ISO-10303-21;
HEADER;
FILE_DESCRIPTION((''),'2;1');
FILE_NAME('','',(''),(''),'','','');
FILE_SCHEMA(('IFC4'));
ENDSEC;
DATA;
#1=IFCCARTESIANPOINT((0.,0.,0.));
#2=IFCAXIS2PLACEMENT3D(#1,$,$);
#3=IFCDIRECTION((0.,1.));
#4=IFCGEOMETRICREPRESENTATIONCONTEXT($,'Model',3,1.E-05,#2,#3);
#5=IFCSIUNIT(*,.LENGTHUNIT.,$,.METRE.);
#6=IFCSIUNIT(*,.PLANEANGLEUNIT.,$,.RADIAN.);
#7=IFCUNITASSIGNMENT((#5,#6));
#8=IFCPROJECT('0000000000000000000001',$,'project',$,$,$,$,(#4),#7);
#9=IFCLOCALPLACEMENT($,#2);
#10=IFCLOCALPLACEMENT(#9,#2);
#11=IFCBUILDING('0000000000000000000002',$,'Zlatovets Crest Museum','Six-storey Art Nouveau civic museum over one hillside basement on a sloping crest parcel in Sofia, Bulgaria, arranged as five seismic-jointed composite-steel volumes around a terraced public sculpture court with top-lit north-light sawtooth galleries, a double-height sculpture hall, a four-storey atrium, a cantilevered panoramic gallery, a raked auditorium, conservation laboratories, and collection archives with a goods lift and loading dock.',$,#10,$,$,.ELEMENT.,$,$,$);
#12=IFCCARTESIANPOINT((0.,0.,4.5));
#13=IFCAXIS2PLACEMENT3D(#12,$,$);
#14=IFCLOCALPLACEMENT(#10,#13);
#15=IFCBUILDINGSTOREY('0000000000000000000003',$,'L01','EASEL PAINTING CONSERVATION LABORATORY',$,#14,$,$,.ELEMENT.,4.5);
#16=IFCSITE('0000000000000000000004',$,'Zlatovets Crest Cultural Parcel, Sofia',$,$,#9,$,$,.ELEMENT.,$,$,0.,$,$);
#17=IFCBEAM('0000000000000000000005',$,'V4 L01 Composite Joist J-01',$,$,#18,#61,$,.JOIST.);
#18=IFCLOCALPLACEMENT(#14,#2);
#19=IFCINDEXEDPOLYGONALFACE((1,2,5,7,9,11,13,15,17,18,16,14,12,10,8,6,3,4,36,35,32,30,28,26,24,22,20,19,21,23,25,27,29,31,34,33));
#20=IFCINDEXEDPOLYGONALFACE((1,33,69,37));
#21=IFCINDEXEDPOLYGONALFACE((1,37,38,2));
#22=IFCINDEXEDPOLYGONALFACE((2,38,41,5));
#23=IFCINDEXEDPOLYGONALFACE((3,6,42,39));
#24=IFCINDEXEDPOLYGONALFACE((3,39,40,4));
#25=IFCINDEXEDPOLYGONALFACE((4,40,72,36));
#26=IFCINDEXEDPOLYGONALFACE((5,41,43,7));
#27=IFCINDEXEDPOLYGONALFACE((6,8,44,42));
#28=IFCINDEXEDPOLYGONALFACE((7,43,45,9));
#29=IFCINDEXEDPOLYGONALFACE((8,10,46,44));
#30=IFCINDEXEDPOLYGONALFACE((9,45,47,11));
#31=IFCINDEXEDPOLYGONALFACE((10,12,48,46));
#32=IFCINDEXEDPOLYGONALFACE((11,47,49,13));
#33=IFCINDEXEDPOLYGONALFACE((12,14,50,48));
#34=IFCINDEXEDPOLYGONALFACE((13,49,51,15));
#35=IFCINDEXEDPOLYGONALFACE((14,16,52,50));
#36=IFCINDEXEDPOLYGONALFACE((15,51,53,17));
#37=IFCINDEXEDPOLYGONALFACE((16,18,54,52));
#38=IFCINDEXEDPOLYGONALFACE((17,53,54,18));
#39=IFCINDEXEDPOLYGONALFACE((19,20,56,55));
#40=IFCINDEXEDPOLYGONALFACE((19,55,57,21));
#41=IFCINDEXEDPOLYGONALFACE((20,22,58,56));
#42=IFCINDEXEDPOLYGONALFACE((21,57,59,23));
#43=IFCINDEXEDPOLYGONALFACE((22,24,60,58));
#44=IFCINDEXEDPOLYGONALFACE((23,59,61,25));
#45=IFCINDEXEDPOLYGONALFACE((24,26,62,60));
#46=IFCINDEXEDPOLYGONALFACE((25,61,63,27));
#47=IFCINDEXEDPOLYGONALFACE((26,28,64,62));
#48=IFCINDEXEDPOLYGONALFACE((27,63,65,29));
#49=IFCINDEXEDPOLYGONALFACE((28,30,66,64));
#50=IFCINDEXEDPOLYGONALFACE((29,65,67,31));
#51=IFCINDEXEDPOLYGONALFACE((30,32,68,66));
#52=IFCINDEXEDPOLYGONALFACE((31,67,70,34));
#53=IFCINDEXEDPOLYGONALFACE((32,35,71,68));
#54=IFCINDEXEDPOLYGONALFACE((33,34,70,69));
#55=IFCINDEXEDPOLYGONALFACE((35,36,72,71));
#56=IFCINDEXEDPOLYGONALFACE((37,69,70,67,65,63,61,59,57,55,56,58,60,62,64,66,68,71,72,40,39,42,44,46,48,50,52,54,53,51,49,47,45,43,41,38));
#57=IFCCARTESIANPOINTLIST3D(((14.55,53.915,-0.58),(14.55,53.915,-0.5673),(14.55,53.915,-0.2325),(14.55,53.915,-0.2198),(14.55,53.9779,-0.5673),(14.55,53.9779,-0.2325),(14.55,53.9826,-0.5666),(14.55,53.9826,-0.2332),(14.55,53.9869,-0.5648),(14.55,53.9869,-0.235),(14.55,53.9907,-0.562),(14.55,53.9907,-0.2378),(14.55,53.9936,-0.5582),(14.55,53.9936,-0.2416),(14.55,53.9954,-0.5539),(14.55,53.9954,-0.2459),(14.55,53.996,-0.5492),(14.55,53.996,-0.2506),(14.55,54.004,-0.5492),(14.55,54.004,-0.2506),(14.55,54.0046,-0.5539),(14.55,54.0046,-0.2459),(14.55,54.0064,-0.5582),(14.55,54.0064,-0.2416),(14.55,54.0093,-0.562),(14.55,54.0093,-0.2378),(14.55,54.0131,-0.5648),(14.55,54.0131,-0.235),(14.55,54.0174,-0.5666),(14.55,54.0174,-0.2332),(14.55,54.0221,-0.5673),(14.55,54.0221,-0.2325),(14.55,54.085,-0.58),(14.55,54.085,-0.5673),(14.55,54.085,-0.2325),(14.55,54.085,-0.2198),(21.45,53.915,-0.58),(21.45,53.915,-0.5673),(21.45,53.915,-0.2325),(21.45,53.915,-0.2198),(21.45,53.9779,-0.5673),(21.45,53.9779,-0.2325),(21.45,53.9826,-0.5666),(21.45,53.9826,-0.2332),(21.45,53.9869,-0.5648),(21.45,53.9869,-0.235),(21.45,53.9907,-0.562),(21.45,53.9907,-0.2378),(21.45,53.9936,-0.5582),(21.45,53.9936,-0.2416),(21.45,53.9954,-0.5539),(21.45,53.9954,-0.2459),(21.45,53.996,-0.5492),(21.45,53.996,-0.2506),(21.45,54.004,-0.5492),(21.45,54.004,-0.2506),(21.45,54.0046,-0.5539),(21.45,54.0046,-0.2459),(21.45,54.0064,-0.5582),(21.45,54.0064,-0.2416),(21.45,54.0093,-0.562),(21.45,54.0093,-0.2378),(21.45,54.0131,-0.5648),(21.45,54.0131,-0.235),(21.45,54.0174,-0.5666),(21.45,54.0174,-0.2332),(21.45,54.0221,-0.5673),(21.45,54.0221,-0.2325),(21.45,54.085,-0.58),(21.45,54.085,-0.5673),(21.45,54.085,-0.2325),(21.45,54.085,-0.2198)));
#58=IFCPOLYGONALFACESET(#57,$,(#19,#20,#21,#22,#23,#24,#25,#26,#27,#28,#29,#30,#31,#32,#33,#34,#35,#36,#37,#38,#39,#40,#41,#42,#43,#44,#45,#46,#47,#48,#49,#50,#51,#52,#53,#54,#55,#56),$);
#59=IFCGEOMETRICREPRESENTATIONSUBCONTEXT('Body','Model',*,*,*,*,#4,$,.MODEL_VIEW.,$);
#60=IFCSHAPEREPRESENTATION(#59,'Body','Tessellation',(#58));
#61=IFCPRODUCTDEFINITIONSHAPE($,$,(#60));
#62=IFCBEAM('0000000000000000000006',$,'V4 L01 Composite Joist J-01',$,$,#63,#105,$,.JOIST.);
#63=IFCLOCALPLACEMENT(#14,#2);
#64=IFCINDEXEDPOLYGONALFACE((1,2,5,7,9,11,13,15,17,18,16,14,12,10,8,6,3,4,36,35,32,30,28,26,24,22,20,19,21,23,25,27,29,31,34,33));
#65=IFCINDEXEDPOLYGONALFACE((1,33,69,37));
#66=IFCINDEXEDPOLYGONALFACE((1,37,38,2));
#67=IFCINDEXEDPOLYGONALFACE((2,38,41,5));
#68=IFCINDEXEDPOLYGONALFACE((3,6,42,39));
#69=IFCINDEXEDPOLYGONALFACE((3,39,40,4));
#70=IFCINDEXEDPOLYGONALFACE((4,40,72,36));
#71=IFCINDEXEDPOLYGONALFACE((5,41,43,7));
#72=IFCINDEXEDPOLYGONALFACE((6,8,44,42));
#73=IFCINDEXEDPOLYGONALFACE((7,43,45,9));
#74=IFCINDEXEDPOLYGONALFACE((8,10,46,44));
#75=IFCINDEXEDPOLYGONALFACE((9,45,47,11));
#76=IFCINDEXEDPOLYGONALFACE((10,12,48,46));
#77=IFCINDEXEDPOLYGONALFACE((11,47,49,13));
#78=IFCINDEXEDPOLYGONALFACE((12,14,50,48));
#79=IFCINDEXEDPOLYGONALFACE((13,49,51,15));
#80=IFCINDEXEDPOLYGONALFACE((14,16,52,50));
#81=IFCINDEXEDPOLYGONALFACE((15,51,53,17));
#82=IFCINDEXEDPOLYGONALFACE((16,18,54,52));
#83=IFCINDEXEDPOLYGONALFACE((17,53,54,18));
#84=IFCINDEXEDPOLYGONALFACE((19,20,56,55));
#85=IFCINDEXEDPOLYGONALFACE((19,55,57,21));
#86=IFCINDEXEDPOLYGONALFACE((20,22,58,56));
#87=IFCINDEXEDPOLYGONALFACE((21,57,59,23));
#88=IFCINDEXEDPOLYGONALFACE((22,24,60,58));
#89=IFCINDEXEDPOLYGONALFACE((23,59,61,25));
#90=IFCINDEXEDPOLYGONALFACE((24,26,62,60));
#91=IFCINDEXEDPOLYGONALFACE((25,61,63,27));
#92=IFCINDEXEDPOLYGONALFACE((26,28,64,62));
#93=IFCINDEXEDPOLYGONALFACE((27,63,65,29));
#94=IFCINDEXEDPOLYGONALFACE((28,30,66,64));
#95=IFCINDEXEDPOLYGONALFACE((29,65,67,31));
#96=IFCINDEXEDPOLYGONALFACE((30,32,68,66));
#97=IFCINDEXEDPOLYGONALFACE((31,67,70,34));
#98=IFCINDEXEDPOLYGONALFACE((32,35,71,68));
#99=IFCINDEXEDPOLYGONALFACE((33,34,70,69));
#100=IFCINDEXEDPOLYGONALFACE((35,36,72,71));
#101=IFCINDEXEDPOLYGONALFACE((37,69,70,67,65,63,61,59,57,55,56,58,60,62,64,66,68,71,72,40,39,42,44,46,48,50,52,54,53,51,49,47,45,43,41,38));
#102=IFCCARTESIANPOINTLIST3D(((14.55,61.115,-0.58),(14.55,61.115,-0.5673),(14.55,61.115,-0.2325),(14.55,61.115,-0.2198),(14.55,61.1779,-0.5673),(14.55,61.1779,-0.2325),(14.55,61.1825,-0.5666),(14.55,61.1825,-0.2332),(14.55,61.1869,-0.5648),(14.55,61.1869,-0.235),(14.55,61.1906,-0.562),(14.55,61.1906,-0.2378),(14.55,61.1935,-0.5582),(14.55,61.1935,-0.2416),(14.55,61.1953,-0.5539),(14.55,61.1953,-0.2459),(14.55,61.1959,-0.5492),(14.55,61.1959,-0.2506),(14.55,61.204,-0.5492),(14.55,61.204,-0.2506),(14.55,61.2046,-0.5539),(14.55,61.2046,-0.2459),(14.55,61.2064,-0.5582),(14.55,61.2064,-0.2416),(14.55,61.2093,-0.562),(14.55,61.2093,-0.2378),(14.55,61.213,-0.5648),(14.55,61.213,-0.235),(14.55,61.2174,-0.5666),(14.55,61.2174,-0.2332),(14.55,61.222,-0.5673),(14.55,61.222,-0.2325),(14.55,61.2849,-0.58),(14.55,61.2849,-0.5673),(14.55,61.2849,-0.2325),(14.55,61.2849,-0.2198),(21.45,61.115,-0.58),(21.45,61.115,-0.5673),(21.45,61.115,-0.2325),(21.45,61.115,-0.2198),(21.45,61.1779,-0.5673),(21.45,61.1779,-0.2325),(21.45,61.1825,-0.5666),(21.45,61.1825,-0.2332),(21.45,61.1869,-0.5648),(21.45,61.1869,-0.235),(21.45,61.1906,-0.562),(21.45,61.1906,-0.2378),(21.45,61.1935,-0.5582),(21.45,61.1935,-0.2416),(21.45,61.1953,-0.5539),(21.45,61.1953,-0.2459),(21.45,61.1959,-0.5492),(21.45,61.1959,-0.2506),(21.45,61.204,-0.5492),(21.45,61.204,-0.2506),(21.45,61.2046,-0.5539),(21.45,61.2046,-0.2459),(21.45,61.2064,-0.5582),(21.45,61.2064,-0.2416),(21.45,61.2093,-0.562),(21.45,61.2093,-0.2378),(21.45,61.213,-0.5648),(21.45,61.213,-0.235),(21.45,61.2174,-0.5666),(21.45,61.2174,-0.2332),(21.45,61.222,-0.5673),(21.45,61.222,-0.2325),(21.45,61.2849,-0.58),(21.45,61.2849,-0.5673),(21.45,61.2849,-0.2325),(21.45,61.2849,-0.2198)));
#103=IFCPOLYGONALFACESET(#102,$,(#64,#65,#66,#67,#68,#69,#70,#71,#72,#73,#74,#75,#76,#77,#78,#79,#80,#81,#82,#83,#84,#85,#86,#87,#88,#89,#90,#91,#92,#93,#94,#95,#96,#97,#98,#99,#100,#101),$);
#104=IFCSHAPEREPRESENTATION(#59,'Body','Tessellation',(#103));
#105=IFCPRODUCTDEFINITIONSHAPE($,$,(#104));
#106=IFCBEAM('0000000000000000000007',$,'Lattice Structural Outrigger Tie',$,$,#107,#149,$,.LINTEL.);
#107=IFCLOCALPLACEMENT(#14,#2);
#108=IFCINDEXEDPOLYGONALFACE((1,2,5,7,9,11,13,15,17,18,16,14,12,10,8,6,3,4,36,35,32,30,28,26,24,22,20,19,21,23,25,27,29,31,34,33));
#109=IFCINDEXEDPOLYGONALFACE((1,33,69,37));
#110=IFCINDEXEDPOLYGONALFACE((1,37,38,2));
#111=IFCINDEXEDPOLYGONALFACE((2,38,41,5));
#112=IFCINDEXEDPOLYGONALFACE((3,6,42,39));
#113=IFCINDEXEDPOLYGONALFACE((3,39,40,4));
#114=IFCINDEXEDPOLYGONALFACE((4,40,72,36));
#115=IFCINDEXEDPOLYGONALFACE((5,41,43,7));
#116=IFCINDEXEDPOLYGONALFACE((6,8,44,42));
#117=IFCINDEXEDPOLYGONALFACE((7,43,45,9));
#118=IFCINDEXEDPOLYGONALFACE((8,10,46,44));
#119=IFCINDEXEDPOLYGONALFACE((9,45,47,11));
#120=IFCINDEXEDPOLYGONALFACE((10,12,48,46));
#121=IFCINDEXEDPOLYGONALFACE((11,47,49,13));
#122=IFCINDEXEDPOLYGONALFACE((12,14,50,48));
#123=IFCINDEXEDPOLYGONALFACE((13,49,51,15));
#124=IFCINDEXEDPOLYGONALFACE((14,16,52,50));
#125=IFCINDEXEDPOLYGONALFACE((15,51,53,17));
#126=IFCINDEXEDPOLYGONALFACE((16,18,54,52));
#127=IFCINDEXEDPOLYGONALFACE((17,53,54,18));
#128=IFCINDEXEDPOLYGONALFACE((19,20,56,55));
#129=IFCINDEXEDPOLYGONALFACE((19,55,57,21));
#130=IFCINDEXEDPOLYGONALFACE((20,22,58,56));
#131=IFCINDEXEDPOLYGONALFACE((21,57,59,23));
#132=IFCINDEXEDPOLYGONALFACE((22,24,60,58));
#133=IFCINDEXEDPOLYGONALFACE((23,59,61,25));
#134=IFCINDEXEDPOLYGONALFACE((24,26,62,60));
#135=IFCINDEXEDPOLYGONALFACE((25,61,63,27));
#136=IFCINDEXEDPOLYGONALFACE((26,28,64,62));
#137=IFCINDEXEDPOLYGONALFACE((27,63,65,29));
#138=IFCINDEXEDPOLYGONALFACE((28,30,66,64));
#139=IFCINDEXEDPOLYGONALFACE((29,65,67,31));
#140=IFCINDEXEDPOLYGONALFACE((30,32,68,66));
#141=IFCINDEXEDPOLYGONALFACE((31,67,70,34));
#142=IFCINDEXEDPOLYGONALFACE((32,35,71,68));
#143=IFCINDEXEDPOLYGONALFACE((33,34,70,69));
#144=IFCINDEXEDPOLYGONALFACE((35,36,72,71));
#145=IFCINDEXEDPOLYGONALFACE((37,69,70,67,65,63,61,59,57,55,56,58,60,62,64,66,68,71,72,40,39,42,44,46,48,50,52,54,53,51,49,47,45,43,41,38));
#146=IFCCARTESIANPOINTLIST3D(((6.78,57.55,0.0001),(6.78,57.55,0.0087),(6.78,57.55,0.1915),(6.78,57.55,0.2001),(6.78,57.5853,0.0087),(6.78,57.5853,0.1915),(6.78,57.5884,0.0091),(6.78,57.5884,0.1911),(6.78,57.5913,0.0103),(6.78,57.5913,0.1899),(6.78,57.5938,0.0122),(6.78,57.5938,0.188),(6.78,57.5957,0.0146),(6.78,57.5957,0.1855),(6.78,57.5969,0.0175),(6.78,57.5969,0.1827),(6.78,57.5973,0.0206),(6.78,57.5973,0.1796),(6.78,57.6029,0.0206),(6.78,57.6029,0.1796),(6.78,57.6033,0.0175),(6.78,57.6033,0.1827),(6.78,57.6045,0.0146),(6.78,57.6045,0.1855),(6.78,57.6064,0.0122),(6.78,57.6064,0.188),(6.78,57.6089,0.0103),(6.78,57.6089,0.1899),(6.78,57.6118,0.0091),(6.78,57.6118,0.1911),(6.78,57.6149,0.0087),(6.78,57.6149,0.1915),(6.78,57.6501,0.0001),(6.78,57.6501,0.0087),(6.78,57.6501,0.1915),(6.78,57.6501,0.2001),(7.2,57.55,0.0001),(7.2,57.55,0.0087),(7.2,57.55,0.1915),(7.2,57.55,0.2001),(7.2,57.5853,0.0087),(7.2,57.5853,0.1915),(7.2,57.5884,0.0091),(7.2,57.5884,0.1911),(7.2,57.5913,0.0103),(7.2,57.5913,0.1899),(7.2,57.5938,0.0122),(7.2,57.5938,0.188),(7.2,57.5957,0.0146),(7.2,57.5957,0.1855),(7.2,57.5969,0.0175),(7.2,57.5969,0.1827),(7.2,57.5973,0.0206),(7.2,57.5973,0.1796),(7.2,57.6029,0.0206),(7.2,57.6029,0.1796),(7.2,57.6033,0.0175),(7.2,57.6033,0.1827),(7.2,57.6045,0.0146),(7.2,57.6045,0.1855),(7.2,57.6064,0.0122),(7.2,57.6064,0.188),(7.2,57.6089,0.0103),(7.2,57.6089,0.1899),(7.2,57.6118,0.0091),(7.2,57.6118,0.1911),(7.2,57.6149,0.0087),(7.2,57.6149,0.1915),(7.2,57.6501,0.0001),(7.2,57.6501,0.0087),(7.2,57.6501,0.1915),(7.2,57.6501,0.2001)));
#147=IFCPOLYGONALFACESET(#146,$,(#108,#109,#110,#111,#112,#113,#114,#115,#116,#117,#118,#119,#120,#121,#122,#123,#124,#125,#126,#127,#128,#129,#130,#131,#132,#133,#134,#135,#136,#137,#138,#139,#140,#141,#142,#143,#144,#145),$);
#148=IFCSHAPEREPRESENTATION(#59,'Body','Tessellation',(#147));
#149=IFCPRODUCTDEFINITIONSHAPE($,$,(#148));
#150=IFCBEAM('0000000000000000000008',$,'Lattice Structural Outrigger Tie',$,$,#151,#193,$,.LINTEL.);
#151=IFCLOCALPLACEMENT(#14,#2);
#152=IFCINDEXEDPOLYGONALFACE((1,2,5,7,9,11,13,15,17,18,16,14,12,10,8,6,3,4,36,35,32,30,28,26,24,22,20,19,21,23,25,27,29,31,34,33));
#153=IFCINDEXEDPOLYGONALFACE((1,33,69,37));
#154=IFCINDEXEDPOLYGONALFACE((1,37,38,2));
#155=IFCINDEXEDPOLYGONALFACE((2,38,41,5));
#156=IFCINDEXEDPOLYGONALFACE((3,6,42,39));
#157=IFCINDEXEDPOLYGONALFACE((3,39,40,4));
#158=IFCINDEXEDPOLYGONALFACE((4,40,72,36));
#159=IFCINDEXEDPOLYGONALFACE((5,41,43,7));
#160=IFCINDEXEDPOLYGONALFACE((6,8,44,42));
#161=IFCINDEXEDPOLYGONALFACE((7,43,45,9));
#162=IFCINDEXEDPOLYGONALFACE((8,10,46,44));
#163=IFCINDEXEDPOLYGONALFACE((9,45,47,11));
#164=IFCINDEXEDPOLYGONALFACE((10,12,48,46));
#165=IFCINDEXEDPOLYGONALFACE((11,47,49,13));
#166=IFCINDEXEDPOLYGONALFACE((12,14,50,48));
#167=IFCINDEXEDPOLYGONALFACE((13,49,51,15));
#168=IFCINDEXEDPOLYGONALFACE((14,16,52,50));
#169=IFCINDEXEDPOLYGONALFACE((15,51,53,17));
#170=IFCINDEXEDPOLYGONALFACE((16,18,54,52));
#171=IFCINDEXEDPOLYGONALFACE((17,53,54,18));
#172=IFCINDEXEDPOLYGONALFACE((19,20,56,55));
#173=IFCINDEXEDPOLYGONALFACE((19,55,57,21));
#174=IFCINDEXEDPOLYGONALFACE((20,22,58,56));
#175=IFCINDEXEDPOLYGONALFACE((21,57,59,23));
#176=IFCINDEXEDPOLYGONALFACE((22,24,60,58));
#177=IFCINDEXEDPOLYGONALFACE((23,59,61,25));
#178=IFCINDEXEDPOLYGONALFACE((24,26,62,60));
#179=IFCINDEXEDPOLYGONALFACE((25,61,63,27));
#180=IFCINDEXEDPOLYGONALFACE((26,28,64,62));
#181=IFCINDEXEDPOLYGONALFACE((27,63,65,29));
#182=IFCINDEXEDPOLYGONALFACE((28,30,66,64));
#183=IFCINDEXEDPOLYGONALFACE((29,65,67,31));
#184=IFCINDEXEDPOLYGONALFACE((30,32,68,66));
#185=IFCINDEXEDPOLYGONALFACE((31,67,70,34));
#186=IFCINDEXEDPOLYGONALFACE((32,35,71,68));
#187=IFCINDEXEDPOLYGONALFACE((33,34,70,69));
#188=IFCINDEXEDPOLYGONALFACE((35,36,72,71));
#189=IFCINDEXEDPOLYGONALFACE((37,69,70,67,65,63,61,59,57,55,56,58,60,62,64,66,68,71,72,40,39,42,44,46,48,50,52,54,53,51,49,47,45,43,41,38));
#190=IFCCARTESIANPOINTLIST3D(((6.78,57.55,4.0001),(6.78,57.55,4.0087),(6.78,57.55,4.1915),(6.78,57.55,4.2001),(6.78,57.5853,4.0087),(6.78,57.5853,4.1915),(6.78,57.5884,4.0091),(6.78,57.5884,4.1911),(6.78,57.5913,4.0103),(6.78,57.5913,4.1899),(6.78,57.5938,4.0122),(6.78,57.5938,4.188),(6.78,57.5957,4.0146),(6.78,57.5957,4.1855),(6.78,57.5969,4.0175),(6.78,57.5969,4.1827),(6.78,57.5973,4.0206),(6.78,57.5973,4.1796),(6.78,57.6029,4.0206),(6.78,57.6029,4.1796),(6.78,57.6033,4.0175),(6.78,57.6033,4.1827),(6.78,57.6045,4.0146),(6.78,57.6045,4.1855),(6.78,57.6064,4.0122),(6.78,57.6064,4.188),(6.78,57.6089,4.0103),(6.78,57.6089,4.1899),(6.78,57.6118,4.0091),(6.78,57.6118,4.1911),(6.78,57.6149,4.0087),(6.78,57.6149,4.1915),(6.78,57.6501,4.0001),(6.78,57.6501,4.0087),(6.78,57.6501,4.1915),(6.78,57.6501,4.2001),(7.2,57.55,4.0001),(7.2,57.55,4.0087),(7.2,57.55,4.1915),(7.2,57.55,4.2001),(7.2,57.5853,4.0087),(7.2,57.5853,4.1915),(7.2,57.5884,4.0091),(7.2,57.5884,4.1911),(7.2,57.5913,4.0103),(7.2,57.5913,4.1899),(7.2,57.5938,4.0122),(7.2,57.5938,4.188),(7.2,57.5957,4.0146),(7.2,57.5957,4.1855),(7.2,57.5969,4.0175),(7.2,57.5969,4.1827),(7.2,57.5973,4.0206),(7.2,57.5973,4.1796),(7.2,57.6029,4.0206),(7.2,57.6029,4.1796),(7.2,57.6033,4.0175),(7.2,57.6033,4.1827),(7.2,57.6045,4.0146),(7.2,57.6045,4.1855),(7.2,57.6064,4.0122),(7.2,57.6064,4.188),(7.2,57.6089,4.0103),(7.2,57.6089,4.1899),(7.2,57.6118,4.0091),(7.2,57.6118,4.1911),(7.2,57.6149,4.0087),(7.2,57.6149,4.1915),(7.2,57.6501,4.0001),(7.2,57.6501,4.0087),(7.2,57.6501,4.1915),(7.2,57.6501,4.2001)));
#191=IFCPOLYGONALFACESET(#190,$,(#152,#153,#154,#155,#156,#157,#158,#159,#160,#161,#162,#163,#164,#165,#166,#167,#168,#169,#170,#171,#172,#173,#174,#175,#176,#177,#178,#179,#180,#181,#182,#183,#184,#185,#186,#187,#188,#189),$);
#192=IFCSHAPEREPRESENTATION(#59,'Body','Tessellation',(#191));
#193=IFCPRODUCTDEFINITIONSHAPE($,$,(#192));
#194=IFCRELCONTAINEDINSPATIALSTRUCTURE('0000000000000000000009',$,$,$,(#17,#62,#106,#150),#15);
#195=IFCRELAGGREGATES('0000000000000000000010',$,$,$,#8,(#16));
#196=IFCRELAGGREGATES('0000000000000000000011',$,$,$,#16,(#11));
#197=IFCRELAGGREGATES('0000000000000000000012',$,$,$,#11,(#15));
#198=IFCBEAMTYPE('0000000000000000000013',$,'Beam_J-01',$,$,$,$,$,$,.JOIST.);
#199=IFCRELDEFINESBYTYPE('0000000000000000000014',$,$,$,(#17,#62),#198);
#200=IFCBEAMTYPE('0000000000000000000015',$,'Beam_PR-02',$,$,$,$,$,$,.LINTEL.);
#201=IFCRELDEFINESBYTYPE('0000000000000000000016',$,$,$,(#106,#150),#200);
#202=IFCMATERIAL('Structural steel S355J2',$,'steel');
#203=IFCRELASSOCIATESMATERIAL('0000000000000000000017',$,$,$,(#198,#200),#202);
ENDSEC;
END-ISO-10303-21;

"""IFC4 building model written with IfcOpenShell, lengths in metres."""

from ifc_helpers import new_model, si_unit, direction, frame, origin, origin_2d, place, context, subcontext, project, spatial, i_section, extrude, material, material_profile, profile_set, type_object, element, save


model = new_model("IFC4")

# Units and contexts
model_context = context("Model", 3, precision=1e-05, world=origin(), true_north=direction((0.0, 1.0)))
body_context = subcontext(model_context, "Body", "Model", "MODEL_VIEW")
ifc_project = project(units=[si_unit("LENGTHUNIT", "METRE"), si_unit("PLANEANGLEUNIT", "RADIAN")], contexts=[model_context])

# Site, building, storey
site_placement = place(None, origin())
site = spatial("IfcSite", under=ifc_project, at=site_placement, Name="Zlatovets Crest Cultural Parcel, Sofia", CompositionType="ELEMENT", RefElevation=0.0)
building_placement = place(site_placement, origin())
building = spatial("IfcBuilding", under=site, at=building_placement, Name="Zlatovets Crest Museum", Description="Six-storey Art Nouveau civic museum over one hillside basement on a sloping crest parcel in Sofia, Bulgaria, arranged as five seismic-jointed composite-steel volumes around a terraced public sculpture court with top-lit north-light sawtooth galleries, a double-height sculpture hall, a four-storey atrium, a cantilevered panoramic gallery, a raked auditorium, conservation laboratories, and collection archives with a goods lift and loading dock.", CompositionType="ELEMENT")
storey_placement = place(building_placement, frame((0.0, 0.0, 4.5)))
storey = spatial("IfcBuildingStorey", under=building, at=storey_placement, Name="L01", Description="EASEL PAINTING CONSERVATION LABORATORY", CompositionType="ELEMENT", Elevation=4.5)

# Shared definitions
ifc_material_1 = material(Name="Structural steel S355J2", Category="steel")

# Beams
ifc_material_profile_1 = material_profile(ifc_material_1, i_section(OverallWidth=0.1699, OverallDepth=0.3601, WebThickness=0.0081, FlangeThickness=0.0127, FilletRadius=0.0181, at=origin_2d()), Name="IPE 360")
ifc_profile_set_1 = profile_set([ifc_material_profile_1], Name="Structural steel S355J2")
beam_type_1 = type_object("IfcBeamType", Name="Beam_J-01", PredefinedType="JOIST", material=ifc_profile_set_1)
for number, where, z_axis, x_axis, name in (
    (1, (14.55, 54.0, -0.3999), (1.0, 0.0, 0.0), (0.0, 1.0, 0.0), "V4 L01 Composite Joist J-01"),
    (2, (14.55, 61.2, -0.3999), (1.0, 0.0, 0.0), (0.0, 1.0, 0.0), "V4 L01 Composite Joist J-01"),
):
    element("IfcBeam", number, at=place(storey_placement, frame(where, z_axis=z_axis, x_axis=x_axis)), inside=storey, type_object=beam_type_1, Name=name, PredefinedType="JOIST", context=body_context, shape_type="SweptSolid", body=[
        extrude(i_section(OverallWidth=0.1699, OverallDepth=0.3601, WebThickness=0.0081, FlangeThickness=0.0127, FilletRadius=0.0181, at=origin_2d()), origin(), (0.0, 0.0, 1.0), 6.8999),
    ])
ifc_material_profile_2 = material_profile(ifc_material_1, i_section(OverallWidth=0.1001, OverallDepth=0.2, WebThickness=0.0056, FlangeThickness=0.0085, FilletRadius=0.012, at=origin_2d()), Name="IPE 200")
ifc_profile_set_2 = profile_set([ifc_material_profile_2], Name="Structural steel S355J2")
beam_type_2 = type_object("IfcBeamType", Name="Beam_PR-02", PredefinedType="LINTEL", material=ifc_profile_set_2)
for number, where, z_axis, x_axis, name in (
    (3, (7.2, 57.6001, 0.1001), (-1.0, 0.0, 0.0), (0.0, -1.0, 0.0), "Lattice Structural Outrigger Tie"),
    (4, (7.2, 57.6001, 4.1001), (-1.0, 0.0, 0.0), (0.0, -1.0, 0.0), "Lattice Structural Outrigger Tie"),
):
    element("IfcBeam", number, at=place(storey_placement, frame(where, z_axis=z_axis, x_axis=x_axis)), inside=storey, type_object=beam_type_2, Name=name, PredefinedType="LINTEL", context=body_context, shape_type="SweptSolid", body=[
        extrude(i_section(OverallWidth=0.1001, OverallDepth=0.2, WebThickness=0.0056, FlangeThickness=0.0085, FilletRadius=0.012, at=origin_2d()), origin(), (0.0, 0.0, 1.0), 0.4199),
    ])

save(model, "model.ifc")
